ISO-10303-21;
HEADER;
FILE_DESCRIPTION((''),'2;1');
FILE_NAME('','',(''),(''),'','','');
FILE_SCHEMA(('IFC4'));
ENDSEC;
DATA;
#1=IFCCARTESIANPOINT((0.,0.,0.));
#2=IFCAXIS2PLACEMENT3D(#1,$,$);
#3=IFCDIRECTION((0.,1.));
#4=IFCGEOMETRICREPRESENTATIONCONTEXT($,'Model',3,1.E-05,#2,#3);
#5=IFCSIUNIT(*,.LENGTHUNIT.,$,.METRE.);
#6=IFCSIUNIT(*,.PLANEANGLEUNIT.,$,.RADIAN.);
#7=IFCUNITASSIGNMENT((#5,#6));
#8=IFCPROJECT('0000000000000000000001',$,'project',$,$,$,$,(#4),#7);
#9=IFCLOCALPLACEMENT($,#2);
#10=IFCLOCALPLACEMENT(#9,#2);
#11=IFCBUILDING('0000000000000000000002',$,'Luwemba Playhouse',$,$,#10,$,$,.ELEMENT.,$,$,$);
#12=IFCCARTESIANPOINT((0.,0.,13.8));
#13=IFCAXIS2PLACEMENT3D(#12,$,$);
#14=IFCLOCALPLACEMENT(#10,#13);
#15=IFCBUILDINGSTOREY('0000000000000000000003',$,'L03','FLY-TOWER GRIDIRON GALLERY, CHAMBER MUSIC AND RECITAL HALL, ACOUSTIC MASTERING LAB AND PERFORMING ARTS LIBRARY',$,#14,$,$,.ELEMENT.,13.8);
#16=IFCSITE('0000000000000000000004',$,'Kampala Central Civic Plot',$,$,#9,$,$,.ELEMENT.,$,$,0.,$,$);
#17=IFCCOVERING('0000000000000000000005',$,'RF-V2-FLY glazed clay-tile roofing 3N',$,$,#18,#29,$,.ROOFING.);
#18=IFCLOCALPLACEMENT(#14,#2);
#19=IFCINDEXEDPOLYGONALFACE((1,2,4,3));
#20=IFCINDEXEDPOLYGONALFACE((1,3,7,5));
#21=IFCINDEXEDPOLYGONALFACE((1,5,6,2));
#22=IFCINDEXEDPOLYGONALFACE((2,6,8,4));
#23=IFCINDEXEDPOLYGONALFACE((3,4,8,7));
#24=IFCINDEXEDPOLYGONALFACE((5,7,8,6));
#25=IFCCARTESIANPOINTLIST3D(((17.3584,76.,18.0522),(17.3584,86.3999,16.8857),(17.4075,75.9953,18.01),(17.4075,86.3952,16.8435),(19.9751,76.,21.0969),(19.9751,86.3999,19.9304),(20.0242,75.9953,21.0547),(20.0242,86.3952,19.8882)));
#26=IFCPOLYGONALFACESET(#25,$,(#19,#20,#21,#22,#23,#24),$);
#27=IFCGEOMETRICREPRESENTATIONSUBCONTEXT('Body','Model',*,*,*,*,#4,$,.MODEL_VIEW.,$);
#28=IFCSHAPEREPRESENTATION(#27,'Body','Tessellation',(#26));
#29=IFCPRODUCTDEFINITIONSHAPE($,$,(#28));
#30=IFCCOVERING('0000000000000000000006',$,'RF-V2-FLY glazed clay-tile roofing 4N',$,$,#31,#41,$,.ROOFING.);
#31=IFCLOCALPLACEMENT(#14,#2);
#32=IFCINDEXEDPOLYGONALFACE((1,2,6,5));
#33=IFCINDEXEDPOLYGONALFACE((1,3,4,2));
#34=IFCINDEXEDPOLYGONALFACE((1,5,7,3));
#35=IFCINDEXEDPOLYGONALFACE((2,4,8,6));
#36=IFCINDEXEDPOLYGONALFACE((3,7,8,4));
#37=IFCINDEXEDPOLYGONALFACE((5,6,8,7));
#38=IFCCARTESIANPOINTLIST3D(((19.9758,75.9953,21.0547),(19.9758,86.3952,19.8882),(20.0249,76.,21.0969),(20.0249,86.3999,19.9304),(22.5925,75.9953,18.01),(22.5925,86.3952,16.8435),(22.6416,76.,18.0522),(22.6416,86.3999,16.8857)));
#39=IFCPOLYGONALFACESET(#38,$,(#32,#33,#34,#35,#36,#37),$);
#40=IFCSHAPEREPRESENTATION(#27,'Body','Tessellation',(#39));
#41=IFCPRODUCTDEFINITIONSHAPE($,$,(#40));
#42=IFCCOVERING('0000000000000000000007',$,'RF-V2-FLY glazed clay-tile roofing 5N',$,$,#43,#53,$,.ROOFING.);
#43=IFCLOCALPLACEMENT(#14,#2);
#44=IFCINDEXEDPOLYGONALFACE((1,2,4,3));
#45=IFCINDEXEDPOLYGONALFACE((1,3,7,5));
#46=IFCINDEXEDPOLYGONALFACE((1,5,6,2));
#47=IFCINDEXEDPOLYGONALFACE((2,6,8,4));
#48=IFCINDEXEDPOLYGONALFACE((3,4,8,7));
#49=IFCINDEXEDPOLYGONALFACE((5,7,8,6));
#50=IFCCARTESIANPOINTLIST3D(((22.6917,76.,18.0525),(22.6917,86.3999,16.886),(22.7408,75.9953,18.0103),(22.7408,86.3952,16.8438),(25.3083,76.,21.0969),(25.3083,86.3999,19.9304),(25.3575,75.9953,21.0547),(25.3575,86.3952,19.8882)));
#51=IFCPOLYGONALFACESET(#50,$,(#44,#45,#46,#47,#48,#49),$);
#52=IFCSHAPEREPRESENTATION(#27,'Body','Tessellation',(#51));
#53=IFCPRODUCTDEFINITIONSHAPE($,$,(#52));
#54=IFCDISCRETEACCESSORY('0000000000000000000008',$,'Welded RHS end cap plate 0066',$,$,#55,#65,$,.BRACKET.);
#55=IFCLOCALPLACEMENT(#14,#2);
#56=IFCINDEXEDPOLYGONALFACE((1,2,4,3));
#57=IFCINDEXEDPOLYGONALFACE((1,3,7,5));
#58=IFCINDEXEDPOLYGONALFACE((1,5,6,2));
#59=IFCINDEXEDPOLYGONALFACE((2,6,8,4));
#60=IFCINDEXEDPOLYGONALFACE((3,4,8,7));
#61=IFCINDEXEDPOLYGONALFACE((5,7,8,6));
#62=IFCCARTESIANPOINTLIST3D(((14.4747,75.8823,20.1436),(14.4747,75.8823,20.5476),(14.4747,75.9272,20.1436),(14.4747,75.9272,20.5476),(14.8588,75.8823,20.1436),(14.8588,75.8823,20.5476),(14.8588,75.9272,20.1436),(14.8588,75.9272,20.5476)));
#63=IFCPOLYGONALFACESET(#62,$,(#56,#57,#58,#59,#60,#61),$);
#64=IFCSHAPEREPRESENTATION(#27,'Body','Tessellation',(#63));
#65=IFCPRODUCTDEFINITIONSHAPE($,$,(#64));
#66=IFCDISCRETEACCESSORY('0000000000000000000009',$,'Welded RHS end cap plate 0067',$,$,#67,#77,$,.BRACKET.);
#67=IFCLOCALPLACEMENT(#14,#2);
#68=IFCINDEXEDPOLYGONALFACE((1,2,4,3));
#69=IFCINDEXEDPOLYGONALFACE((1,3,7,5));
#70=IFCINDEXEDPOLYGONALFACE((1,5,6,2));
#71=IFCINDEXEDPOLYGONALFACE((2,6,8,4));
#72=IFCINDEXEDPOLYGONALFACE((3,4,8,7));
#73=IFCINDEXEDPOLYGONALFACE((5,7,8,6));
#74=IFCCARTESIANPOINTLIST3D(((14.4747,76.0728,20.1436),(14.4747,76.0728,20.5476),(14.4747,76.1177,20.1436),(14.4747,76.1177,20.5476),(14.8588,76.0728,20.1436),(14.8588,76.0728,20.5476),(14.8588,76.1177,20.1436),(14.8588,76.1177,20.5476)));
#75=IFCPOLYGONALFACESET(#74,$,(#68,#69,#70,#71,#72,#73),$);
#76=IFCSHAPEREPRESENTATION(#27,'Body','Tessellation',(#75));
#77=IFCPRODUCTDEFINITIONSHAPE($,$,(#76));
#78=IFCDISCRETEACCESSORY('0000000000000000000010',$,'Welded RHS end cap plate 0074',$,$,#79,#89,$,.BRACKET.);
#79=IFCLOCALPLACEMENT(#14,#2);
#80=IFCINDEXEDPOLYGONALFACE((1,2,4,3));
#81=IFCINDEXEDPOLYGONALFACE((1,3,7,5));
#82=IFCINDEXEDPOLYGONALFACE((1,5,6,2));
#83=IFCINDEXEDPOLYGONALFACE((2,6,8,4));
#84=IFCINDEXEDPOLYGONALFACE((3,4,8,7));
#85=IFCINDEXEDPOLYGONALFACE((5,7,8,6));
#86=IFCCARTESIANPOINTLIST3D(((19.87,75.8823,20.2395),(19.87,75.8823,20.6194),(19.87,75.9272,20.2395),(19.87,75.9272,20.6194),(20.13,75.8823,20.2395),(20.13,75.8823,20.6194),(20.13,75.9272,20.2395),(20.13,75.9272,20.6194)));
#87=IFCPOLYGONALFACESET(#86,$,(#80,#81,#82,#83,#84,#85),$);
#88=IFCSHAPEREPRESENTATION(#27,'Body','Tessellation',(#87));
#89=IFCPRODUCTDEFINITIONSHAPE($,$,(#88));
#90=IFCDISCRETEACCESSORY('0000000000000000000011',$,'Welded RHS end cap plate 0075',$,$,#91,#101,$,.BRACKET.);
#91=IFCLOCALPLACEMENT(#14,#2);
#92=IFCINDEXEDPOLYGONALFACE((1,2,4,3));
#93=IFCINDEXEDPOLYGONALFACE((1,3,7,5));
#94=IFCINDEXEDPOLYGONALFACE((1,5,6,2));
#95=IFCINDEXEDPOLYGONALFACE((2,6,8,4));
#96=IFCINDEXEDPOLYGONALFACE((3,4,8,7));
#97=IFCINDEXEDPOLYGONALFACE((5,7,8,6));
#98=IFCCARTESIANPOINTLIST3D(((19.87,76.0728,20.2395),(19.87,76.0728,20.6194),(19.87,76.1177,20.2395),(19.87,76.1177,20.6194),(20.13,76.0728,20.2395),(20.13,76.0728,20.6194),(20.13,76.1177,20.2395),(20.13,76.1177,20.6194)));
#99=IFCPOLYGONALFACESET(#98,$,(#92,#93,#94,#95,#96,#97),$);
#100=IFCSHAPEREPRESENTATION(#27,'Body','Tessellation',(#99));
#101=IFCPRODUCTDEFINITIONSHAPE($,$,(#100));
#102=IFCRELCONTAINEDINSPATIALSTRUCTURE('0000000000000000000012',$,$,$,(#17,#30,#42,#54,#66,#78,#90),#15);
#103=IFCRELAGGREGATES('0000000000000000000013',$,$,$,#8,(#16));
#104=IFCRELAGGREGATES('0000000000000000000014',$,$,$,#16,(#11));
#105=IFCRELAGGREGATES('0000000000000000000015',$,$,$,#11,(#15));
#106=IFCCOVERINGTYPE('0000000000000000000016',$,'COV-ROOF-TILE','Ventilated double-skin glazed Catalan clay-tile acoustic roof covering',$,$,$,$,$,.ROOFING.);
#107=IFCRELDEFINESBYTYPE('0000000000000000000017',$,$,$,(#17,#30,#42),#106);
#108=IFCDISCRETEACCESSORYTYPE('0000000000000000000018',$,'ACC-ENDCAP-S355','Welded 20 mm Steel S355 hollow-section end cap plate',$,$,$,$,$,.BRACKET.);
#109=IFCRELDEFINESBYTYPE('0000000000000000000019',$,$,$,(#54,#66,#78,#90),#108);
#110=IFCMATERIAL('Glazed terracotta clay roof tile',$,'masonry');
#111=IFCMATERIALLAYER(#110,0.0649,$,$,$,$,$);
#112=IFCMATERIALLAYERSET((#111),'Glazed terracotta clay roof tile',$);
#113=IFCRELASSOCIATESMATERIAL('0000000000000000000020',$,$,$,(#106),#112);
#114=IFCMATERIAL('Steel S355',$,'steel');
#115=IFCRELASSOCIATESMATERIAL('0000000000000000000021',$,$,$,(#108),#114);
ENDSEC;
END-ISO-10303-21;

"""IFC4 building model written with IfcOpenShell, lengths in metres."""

from ifc_helpers import new_model, si_unit, direction, frame, origin, origin_2d, place, context, subcontext, project, spatial, polyline, rectangle, outline, extrude, material, layer, layer_set, type_object, element, save


model = new_model("IFC4")

# Units and contexts
model_context = context("Model", 3, precision=1e-05, world=origin(), true_north=direction((0.0, 1.0)))
body_context = subcontext(model_context, "Body", "Model", "MODEL_VIEW")
ifc_project = project(units=[si_unit("LENGTHUNIT", "METRE"), si_unit("PLANEANGLEUNIT", "RADIAN")], contexts=[model_context])

# Site, building, storey
site_placement = place(None, origin())
site = spatial("IfcSite", under=ifc_project, at=site_placement, Name="Kampala Central Civic Plot", CompositionType="ELEMENT", RefElevation=0.0)
building_placement = place(site_placement, origin())
building = spatial("IfcBuilding", under=site, at=building_placement, Name="Luwemba Playhouse", CompositionType="ELEMENT")
storey_placement = place(building_placement, frame((0.0, 0.0, 13.8)))
storey = spatial("IfcBuildingStorey", under=building, at=storey_placement, Name="L03", Description="FLY-TOWER GRIDIRON GALLERY, CHAMBER MUSIC AND RECITAL HALL, ACOUSTIC MASTERING LAB AND PERFORMING ARTS LIBRARY", CompositionType="ELEMENT", Elevation=13.8)

# Shared definitions
ifc_material_1 = material(Name="Steel S355", Category="steel")

# Coverings
ifc_material_2 = material(Name="Glazed terracotta clay roof tile", Category="masonry")
ifc_layer_1 = layer(ifc_material_2, 0.0649)
ifc_layer_set_1 = layer_set([ifc_layer_1], Name="Glazed terracotta clay roof tile")
covering_type = type_object("IfcCoveringType", Name="COV-ROOF-TILE", Description="Ventilated double-skin glazed Catalan clay-tile acoustic roof covering", PredefinedType="ROOFING", material=ifc_layer_set_1)
covering_1_placement = place(storey_placement, frame((17.3584, 76.0, 18.0522), z_axis=(-0.756379, 0.072914, 0.650058), x_axis=(0.651792, 0.0, 0.758397)))
element("IfcCovering", 1, at=covering_1_placement, inside=storey, type_object=covering_type, Name="RF-V2-FLY glazed clay-tile roofing 3N", PredefinedType="ROOFING", context=body_context, shape_type="SweptSolid", body=[
    extrude(outline(polyline([(0.0, 0.0), (4.0146, 0.0), (3.1299, 10.4277), (-0.8847, 10.4277), (0.0, 0.0)])), origin(), (0.0, 0.0, -1.0), 0.0649),
])
covering_2_placement = place(storey_placement, frame((20.0249, 76.0, 21.0969), z_axis=(0.756379, 0.072914, 0.650058), x_axis=(0.651792, 0.0, -0.758397)))
element("IfcCovering", 2, at=covering_2_placement, inside=storey, type_object=covering_type, Name="RF-V2-FLY glazed clay-tile roofing 4N", PredefinedType="ROOFING", context=body_context, shape_type="SweptSolid", body=[
    extrude(outline(polyline([(0.0, 0.0), (4.0146, 0.0), (4.8993, 10.4277), (0.8847, 10.4277), (0.0, 0.0)])), origin(), (0.0, 0.0, -1.0), 0.0649),
])
covering_3_placement = place(storey_placement, frame((22.6917, 76.0, 18.0525), z_axis=(-0.756353, 0.072917, 0.650087), x_axis=(0.651822, 0.0, 0.758372)))
element("IfcCovering", 3, at=covering_3_placement, inside=storey, type_object=covering_type, Name="RF-V2-FLY glazed clay-tile roofing 5N", PredefinedType="ROOFING", context=body_context, shape_type="SweptSolid", body=[
    extrude(outline(polyline([(0.0, 0.0), (4.0144, 0.0), (3.1298, 10.4277), (-0.8846, 10.4277), (0.0, 0.0)])), origin(), (0.0, 0.0, -1.0), 0.0649),
])

# Discrete accessories
discrete_accessory_type = type_object("IfcDiscreteAccessoryType", Name="ACC-ENDCAP-S355", Description="Welded 20 mm Steel S355 hollow-section end cap plate", PredefinedType="BRACKET", material=ifc_material_1)
for number, where, z_axis, x_axis, name in (
    (4, (14.6667, 75.9048, 20.1436), (0.0, 0.0, 1.0), (1.0, 0.0, 0.0), "Welded RHS end cap plate 0066"),
    (5, (14.6667, 76.0952, 20.1436), (0.0, 0.0, 1.0), (1.0, 0.0, 0.0), "Welded RHS end cap plate 0067"),
):
    element("IfcDiscreteAccessory", number, at=place(storey_placement, frame(where, z_axis=z_axis, x_axis=x_axis)), inside=storey, type_object=discrete_accessory_type, Name=name, PredefinedType="BRACKET", context=body_context, shape_type="SweptSolid", body=[
        extrude(rectangle(XDim=0.384, YDim=0.0449, at=origin_2d()), origin(), (0.0, 0.0, 1.0), 0.4041),
    ])
for number, where, z_axis, x_axis, name in (
    (6, (20.0, 75.9048, 20.2395), (0.0, 0.0, 1.0), (1.0, 0.0, 0.0), "Welded RHS end cap plate 0074"),
    (7, (20.0, 76.0952, 20.2395), (0.0, 0.0, 1.0), (1.0, 0.0, 0.0), "Welded RHS end cap plate 0075"),
):
    element("IfcDiscreteAccessory", number, at=place(storey_placement, frame(where, z_axis=z_axis, x_axis=x_axis)), inside=storey, type_object=discrete_accessory_type, Name=name, PredefinedType="BRACKET", context=body_context, shape_type="SweptSolid", body=[
        extrude(rectangle(XDim=0.26, YDim=0.0449, at=origin_2d()), origin(), (0.0, 0.0, 1.0), 0.3799),
    ])

save(model, "model.ifc")
